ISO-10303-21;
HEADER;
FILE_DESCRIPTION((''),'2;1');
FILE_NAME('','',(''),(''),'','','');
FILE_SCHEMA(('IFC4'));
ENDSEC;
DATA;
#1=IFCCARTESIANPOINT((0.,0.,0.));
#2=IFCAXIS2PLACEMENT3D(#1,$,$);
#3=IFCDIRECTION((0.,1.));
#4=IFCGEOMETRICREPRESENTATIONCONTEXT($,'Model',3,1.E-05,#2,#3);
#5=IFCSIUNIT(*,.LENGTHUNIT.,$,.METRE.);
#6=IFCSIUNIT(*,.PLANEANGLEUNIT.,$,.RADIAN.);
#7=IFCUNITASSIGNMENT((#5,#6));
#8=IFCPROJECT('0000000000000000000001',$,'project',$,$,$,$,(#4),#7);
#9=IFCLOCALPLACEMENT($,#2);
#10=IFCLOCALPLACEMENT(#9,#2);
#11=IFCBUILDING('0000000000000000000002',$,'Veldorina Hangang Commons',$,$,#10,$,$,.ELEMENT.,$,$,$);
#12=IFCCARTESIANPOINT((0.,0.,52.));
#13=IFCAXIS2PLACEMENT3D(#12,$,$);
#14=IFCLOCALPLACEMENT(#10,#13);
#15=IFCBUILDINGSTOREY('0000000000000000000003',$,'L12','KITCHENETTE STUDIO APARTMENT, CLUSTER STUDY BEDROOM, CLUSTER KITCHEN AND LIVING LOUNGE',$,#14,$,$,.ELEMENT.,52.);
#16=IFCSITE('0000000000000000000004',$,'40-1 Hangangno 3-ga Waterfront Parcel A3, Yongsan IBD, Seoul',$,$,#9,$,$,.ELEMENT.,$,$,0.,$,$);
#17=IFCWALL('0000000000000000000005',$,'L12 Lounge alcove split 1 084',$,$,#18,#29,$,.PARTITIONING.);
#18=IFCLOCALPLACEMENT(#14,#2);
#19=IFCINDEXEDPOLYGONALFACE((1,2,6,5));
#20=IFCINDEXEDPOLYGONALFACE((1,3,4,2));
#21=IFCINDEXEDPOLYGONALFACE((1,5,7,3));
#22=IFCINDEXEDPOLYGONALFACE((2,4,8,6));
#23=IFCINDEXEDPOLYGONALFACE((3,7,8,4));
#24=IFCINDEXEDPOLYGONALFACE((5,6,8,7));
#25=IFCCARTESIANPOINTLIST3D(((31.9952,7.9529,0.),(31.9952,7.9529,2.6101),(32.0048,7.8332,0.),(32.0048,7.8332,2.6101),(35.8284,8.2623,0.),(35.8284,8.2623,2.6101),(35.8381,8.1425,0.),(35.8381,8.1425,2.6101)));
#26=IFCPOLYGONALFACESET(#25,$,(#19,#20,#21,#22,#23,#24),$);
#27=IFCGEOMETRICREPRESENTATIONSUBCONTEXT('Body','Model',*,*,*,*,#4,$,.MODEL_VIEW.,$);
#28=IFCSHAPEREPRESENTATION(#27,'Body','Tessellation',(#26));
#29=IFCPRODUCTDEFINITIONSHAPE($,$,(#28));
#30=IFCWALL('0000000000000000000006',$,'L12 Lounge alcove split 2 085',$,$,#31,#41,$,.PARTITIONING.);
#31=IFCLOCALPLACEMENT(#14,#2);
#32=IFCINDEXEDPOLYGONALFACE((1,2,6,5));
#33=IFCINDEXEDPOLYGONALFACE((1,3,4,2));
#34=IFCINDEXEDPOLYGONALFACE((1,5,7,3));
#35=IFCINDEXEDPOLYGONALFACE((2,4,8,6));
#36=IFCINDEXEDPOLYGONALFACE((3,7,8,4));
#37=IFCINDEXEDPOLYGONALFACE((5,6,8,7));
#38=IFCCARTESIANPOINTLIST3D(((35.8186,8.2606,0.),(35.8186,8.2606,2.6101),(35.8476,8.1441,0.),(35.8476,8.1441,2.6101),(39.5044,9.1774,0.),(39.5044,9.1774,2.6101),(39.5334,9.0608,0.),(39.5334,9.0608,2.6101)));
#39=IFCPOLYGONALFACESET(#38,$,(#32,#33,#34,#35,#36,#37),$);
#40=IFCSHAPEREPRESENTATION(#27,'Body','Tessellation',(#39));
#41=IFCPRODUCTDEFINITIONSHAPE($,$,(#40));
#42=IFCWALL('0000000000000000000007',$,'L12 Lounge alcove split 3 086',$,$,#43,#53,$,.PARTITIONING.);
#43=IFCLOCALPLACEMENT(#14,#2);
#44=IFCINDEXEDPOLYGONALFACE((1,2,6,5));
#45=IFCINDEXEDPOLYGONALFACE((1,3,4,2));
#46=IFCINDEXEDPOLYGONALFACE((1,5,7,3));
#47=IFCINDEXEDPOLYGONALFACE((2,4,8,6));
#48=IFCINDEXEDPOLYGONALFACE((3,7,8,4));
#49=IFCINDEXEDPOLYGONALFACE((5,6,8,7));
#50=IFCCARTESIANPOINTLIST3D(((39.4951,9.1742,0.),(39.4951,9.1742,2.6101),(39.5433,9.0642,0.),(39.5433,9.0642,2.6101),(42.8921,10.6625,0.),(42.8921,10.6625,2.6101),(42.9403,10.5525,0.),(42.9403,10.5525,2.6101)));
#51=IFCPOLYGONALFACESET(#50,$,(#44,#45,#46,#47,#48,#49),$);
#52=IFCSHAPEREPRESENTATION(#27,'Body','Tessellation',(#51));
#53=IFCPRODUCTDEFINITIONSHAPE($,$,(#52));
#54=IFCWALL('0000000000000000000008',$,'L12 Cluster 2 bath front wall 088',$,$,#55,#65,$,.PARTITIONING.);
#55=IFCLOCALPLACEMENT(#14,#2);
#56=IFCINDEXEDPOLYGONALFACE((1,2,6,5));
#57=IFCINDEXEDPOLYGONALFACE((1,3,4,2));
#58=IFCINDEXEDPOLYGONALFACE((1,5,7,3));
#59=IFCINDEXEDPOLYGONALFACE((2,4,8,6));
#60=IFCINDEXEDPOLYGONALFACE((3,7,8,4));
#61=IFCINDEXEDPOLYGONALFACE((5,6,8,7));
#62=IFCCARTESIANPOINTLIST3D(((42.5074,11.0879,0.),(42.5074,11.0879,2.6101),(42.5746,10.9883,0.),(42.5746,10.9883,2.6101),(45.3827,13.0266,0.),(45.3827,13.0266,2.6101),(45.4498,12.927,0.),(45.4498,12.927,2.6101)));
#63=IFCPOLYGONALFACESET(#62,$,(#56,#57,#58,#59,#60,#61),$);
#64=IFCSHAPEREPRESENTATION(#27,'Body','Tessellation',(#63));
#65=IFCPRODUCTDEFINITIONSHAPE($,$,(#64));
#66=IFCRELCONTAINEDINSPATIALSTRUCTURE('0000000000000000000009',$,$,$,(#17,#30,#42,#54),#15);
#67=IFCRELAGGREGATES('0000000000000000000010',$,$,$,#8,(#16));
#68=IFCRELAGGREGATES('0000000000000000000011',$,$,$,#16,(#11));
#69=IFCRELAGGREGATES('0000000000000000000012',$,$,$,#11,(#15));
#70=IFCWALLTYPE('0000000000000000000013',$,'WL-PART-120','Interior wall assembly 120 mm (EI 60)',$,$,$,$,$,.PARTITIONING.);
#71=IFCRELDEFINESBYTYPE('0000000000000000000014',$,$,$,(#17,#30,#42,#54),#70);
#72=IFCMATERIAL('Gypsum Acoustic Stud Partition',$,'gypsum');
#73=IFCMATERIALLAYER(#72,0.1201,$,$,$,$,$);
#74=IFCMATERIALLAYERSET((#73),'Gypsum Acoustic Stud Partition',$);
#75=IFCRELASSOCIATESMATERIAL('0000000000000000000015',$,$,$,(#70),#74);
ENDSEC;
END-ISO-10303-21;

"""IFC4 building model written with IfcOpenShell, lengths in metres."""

from ifc_helpers import new_model, si_unit, direction, frame, frame_2d, origin, place, context, subcontext, project, spatial, rectangle, extrude, material, layer, layer_set, type_object, element, save


model = new_model("IFC4")

# Units and contexts
model_context = context("Model", 3, precision=1e-05, world=origin(), true_north=direction((0.0, 1.0)))
body_context = subcontext(model_context, "Body", "Model", "MODEL_VIEW")
ifc_project = project(units=[si_unit("LENGTHUNIT", "METRE"), si_unit("PLANEANGLEUNIT", "RADIAN")], contexts=[model_context])

# Site, building, storey
site_placement = place(None, origin())
site = spatial("IfcSite", under=ifc_project, at=site_placement, Name="40-1 Hangangno 3-ga Waterfront Parcel A3, Yongsan IBD, Seoul", CompositionType="ELEMENT", RefElevation=0.0)
building_placement = place(site_placement, origin())
building = spatial("IfcBuilding", under=site, at=building_placement, Name="Veldorina Hangang Commons", CompositionType="ELEMENT")
storey_placement = place(building_placement, frame((0.0, 0.0, 52.0)))
storey = spatial("IfcBuildingStorey", under=building, at=storey_placement, Name="L12", Description="KITCHENETTE STUDIO APARTMENT, CLUSTER STUDY BEDROOM, CLUSTER KITCHEN AND LIVING LOUNGE", CompositionType="ELEMENT", Elevation=52.0)

# Walls
ifc_material_1 = material(Name="Gypsum Acoustic Stud Partition", Category="gypsum")
ifc_layer_1 = layer(ifc_material_1, 0.1201)
ifc_layer_set_1 = layer_set([ifc_layer_1], Name="Gypsum Acoustic Stud Partition")
wall_type_1 = type_object("IfcWallType", Name="WL-PART-120", Description="Interior wall assembly 120 mm (EI 60)", PredefinedType="PARTITIONING", material=ifc_layer_set_1)
wall_1_placement = place(storey_placement, frame((32.0, 7.8931, 0.0), z_axis=(0.0, 0.0, 1.0), x_axis=(0.99676, 0.080434, 0.0)))
element("IfcWall", 1, at=wall_1_placement, inside=storey, type_object=wall_type_1, Name="L12 Lounge alcove split 1 084", PredefinedType="PARTITIONING", context=body_context, shape_type="SweptSolid", body=[
    extrude(rectangle(XDim=3.8457, YDim=0.1201, at=frame_2d((1.9229, 0.0))), origin(), (0.0, 0.0, 1.0), 2.6101),
])
wall_2_placement = place(storey_placement, frame((35.8333, 8.2024, 0.0), z_axis=(0.0, 0.0, 1.0), x_axis=(0.970433, 0.241371, 0.0)))
element("IfcWall", 2, at=wall_2_placement, inside=storey, type_object=wall_type_1, Name="L12 Lounge alcove split 2 085", PredefinedType="PARTITIONING", context=body_context, shape_type="SweptSolid", body=[
    extrude(rectangle(XDim=3.7981, YDim=0.1201, at=frame_2d((1.8989, 0.0))), origin(), (0.0, 0.0, 1.0), 2.6101),
])
wall_3_placement = place(storey_placement, frame((39.519, 9.1191, 0.0), z_axis=(0.0, 0.0, 1.0), x_axis=(0.915949, 0.401295, 0.0)))
element("IfcWall", 3, at=wall_3_placement, inside=storey, type_object=wall_type_1, Name="L12 Lounge alcove split 3 086", PredefinedType="PARTITIONING", context=body_context, shape_type="SweptSolid", body=[
    extrude(rectangle(XDim=3.7087, YDim=0.1201, at=frame_2d((1.8545, 0.0))), origin(), (0.0, 0.0, 1.0), 2.6101),
])
wall_4_placement = place(storey_placement, frame((42.541, 11.0381, 0.0), z_axis=(0.0, 0.0, 1.0), x_axis=(0.829125, 0.559063, 0.0)))
element("IfcWall", 4, at=wall_4_placement, inside=storey, type_object=wall_type_1, Name="L12 Cluster 2 bath front wall 088", PredefinedType="PARTITIONING", context=body_context, shape_type="SweptSolid", body=[
    extrude(rectangle(XDim=3.4678, YDim=0.1201, at=frame_2d((1.7339, 0.0))), origin(), (0.0, 0.0, 1.0), 2.6101),
])

save(model, "model.ifc")
